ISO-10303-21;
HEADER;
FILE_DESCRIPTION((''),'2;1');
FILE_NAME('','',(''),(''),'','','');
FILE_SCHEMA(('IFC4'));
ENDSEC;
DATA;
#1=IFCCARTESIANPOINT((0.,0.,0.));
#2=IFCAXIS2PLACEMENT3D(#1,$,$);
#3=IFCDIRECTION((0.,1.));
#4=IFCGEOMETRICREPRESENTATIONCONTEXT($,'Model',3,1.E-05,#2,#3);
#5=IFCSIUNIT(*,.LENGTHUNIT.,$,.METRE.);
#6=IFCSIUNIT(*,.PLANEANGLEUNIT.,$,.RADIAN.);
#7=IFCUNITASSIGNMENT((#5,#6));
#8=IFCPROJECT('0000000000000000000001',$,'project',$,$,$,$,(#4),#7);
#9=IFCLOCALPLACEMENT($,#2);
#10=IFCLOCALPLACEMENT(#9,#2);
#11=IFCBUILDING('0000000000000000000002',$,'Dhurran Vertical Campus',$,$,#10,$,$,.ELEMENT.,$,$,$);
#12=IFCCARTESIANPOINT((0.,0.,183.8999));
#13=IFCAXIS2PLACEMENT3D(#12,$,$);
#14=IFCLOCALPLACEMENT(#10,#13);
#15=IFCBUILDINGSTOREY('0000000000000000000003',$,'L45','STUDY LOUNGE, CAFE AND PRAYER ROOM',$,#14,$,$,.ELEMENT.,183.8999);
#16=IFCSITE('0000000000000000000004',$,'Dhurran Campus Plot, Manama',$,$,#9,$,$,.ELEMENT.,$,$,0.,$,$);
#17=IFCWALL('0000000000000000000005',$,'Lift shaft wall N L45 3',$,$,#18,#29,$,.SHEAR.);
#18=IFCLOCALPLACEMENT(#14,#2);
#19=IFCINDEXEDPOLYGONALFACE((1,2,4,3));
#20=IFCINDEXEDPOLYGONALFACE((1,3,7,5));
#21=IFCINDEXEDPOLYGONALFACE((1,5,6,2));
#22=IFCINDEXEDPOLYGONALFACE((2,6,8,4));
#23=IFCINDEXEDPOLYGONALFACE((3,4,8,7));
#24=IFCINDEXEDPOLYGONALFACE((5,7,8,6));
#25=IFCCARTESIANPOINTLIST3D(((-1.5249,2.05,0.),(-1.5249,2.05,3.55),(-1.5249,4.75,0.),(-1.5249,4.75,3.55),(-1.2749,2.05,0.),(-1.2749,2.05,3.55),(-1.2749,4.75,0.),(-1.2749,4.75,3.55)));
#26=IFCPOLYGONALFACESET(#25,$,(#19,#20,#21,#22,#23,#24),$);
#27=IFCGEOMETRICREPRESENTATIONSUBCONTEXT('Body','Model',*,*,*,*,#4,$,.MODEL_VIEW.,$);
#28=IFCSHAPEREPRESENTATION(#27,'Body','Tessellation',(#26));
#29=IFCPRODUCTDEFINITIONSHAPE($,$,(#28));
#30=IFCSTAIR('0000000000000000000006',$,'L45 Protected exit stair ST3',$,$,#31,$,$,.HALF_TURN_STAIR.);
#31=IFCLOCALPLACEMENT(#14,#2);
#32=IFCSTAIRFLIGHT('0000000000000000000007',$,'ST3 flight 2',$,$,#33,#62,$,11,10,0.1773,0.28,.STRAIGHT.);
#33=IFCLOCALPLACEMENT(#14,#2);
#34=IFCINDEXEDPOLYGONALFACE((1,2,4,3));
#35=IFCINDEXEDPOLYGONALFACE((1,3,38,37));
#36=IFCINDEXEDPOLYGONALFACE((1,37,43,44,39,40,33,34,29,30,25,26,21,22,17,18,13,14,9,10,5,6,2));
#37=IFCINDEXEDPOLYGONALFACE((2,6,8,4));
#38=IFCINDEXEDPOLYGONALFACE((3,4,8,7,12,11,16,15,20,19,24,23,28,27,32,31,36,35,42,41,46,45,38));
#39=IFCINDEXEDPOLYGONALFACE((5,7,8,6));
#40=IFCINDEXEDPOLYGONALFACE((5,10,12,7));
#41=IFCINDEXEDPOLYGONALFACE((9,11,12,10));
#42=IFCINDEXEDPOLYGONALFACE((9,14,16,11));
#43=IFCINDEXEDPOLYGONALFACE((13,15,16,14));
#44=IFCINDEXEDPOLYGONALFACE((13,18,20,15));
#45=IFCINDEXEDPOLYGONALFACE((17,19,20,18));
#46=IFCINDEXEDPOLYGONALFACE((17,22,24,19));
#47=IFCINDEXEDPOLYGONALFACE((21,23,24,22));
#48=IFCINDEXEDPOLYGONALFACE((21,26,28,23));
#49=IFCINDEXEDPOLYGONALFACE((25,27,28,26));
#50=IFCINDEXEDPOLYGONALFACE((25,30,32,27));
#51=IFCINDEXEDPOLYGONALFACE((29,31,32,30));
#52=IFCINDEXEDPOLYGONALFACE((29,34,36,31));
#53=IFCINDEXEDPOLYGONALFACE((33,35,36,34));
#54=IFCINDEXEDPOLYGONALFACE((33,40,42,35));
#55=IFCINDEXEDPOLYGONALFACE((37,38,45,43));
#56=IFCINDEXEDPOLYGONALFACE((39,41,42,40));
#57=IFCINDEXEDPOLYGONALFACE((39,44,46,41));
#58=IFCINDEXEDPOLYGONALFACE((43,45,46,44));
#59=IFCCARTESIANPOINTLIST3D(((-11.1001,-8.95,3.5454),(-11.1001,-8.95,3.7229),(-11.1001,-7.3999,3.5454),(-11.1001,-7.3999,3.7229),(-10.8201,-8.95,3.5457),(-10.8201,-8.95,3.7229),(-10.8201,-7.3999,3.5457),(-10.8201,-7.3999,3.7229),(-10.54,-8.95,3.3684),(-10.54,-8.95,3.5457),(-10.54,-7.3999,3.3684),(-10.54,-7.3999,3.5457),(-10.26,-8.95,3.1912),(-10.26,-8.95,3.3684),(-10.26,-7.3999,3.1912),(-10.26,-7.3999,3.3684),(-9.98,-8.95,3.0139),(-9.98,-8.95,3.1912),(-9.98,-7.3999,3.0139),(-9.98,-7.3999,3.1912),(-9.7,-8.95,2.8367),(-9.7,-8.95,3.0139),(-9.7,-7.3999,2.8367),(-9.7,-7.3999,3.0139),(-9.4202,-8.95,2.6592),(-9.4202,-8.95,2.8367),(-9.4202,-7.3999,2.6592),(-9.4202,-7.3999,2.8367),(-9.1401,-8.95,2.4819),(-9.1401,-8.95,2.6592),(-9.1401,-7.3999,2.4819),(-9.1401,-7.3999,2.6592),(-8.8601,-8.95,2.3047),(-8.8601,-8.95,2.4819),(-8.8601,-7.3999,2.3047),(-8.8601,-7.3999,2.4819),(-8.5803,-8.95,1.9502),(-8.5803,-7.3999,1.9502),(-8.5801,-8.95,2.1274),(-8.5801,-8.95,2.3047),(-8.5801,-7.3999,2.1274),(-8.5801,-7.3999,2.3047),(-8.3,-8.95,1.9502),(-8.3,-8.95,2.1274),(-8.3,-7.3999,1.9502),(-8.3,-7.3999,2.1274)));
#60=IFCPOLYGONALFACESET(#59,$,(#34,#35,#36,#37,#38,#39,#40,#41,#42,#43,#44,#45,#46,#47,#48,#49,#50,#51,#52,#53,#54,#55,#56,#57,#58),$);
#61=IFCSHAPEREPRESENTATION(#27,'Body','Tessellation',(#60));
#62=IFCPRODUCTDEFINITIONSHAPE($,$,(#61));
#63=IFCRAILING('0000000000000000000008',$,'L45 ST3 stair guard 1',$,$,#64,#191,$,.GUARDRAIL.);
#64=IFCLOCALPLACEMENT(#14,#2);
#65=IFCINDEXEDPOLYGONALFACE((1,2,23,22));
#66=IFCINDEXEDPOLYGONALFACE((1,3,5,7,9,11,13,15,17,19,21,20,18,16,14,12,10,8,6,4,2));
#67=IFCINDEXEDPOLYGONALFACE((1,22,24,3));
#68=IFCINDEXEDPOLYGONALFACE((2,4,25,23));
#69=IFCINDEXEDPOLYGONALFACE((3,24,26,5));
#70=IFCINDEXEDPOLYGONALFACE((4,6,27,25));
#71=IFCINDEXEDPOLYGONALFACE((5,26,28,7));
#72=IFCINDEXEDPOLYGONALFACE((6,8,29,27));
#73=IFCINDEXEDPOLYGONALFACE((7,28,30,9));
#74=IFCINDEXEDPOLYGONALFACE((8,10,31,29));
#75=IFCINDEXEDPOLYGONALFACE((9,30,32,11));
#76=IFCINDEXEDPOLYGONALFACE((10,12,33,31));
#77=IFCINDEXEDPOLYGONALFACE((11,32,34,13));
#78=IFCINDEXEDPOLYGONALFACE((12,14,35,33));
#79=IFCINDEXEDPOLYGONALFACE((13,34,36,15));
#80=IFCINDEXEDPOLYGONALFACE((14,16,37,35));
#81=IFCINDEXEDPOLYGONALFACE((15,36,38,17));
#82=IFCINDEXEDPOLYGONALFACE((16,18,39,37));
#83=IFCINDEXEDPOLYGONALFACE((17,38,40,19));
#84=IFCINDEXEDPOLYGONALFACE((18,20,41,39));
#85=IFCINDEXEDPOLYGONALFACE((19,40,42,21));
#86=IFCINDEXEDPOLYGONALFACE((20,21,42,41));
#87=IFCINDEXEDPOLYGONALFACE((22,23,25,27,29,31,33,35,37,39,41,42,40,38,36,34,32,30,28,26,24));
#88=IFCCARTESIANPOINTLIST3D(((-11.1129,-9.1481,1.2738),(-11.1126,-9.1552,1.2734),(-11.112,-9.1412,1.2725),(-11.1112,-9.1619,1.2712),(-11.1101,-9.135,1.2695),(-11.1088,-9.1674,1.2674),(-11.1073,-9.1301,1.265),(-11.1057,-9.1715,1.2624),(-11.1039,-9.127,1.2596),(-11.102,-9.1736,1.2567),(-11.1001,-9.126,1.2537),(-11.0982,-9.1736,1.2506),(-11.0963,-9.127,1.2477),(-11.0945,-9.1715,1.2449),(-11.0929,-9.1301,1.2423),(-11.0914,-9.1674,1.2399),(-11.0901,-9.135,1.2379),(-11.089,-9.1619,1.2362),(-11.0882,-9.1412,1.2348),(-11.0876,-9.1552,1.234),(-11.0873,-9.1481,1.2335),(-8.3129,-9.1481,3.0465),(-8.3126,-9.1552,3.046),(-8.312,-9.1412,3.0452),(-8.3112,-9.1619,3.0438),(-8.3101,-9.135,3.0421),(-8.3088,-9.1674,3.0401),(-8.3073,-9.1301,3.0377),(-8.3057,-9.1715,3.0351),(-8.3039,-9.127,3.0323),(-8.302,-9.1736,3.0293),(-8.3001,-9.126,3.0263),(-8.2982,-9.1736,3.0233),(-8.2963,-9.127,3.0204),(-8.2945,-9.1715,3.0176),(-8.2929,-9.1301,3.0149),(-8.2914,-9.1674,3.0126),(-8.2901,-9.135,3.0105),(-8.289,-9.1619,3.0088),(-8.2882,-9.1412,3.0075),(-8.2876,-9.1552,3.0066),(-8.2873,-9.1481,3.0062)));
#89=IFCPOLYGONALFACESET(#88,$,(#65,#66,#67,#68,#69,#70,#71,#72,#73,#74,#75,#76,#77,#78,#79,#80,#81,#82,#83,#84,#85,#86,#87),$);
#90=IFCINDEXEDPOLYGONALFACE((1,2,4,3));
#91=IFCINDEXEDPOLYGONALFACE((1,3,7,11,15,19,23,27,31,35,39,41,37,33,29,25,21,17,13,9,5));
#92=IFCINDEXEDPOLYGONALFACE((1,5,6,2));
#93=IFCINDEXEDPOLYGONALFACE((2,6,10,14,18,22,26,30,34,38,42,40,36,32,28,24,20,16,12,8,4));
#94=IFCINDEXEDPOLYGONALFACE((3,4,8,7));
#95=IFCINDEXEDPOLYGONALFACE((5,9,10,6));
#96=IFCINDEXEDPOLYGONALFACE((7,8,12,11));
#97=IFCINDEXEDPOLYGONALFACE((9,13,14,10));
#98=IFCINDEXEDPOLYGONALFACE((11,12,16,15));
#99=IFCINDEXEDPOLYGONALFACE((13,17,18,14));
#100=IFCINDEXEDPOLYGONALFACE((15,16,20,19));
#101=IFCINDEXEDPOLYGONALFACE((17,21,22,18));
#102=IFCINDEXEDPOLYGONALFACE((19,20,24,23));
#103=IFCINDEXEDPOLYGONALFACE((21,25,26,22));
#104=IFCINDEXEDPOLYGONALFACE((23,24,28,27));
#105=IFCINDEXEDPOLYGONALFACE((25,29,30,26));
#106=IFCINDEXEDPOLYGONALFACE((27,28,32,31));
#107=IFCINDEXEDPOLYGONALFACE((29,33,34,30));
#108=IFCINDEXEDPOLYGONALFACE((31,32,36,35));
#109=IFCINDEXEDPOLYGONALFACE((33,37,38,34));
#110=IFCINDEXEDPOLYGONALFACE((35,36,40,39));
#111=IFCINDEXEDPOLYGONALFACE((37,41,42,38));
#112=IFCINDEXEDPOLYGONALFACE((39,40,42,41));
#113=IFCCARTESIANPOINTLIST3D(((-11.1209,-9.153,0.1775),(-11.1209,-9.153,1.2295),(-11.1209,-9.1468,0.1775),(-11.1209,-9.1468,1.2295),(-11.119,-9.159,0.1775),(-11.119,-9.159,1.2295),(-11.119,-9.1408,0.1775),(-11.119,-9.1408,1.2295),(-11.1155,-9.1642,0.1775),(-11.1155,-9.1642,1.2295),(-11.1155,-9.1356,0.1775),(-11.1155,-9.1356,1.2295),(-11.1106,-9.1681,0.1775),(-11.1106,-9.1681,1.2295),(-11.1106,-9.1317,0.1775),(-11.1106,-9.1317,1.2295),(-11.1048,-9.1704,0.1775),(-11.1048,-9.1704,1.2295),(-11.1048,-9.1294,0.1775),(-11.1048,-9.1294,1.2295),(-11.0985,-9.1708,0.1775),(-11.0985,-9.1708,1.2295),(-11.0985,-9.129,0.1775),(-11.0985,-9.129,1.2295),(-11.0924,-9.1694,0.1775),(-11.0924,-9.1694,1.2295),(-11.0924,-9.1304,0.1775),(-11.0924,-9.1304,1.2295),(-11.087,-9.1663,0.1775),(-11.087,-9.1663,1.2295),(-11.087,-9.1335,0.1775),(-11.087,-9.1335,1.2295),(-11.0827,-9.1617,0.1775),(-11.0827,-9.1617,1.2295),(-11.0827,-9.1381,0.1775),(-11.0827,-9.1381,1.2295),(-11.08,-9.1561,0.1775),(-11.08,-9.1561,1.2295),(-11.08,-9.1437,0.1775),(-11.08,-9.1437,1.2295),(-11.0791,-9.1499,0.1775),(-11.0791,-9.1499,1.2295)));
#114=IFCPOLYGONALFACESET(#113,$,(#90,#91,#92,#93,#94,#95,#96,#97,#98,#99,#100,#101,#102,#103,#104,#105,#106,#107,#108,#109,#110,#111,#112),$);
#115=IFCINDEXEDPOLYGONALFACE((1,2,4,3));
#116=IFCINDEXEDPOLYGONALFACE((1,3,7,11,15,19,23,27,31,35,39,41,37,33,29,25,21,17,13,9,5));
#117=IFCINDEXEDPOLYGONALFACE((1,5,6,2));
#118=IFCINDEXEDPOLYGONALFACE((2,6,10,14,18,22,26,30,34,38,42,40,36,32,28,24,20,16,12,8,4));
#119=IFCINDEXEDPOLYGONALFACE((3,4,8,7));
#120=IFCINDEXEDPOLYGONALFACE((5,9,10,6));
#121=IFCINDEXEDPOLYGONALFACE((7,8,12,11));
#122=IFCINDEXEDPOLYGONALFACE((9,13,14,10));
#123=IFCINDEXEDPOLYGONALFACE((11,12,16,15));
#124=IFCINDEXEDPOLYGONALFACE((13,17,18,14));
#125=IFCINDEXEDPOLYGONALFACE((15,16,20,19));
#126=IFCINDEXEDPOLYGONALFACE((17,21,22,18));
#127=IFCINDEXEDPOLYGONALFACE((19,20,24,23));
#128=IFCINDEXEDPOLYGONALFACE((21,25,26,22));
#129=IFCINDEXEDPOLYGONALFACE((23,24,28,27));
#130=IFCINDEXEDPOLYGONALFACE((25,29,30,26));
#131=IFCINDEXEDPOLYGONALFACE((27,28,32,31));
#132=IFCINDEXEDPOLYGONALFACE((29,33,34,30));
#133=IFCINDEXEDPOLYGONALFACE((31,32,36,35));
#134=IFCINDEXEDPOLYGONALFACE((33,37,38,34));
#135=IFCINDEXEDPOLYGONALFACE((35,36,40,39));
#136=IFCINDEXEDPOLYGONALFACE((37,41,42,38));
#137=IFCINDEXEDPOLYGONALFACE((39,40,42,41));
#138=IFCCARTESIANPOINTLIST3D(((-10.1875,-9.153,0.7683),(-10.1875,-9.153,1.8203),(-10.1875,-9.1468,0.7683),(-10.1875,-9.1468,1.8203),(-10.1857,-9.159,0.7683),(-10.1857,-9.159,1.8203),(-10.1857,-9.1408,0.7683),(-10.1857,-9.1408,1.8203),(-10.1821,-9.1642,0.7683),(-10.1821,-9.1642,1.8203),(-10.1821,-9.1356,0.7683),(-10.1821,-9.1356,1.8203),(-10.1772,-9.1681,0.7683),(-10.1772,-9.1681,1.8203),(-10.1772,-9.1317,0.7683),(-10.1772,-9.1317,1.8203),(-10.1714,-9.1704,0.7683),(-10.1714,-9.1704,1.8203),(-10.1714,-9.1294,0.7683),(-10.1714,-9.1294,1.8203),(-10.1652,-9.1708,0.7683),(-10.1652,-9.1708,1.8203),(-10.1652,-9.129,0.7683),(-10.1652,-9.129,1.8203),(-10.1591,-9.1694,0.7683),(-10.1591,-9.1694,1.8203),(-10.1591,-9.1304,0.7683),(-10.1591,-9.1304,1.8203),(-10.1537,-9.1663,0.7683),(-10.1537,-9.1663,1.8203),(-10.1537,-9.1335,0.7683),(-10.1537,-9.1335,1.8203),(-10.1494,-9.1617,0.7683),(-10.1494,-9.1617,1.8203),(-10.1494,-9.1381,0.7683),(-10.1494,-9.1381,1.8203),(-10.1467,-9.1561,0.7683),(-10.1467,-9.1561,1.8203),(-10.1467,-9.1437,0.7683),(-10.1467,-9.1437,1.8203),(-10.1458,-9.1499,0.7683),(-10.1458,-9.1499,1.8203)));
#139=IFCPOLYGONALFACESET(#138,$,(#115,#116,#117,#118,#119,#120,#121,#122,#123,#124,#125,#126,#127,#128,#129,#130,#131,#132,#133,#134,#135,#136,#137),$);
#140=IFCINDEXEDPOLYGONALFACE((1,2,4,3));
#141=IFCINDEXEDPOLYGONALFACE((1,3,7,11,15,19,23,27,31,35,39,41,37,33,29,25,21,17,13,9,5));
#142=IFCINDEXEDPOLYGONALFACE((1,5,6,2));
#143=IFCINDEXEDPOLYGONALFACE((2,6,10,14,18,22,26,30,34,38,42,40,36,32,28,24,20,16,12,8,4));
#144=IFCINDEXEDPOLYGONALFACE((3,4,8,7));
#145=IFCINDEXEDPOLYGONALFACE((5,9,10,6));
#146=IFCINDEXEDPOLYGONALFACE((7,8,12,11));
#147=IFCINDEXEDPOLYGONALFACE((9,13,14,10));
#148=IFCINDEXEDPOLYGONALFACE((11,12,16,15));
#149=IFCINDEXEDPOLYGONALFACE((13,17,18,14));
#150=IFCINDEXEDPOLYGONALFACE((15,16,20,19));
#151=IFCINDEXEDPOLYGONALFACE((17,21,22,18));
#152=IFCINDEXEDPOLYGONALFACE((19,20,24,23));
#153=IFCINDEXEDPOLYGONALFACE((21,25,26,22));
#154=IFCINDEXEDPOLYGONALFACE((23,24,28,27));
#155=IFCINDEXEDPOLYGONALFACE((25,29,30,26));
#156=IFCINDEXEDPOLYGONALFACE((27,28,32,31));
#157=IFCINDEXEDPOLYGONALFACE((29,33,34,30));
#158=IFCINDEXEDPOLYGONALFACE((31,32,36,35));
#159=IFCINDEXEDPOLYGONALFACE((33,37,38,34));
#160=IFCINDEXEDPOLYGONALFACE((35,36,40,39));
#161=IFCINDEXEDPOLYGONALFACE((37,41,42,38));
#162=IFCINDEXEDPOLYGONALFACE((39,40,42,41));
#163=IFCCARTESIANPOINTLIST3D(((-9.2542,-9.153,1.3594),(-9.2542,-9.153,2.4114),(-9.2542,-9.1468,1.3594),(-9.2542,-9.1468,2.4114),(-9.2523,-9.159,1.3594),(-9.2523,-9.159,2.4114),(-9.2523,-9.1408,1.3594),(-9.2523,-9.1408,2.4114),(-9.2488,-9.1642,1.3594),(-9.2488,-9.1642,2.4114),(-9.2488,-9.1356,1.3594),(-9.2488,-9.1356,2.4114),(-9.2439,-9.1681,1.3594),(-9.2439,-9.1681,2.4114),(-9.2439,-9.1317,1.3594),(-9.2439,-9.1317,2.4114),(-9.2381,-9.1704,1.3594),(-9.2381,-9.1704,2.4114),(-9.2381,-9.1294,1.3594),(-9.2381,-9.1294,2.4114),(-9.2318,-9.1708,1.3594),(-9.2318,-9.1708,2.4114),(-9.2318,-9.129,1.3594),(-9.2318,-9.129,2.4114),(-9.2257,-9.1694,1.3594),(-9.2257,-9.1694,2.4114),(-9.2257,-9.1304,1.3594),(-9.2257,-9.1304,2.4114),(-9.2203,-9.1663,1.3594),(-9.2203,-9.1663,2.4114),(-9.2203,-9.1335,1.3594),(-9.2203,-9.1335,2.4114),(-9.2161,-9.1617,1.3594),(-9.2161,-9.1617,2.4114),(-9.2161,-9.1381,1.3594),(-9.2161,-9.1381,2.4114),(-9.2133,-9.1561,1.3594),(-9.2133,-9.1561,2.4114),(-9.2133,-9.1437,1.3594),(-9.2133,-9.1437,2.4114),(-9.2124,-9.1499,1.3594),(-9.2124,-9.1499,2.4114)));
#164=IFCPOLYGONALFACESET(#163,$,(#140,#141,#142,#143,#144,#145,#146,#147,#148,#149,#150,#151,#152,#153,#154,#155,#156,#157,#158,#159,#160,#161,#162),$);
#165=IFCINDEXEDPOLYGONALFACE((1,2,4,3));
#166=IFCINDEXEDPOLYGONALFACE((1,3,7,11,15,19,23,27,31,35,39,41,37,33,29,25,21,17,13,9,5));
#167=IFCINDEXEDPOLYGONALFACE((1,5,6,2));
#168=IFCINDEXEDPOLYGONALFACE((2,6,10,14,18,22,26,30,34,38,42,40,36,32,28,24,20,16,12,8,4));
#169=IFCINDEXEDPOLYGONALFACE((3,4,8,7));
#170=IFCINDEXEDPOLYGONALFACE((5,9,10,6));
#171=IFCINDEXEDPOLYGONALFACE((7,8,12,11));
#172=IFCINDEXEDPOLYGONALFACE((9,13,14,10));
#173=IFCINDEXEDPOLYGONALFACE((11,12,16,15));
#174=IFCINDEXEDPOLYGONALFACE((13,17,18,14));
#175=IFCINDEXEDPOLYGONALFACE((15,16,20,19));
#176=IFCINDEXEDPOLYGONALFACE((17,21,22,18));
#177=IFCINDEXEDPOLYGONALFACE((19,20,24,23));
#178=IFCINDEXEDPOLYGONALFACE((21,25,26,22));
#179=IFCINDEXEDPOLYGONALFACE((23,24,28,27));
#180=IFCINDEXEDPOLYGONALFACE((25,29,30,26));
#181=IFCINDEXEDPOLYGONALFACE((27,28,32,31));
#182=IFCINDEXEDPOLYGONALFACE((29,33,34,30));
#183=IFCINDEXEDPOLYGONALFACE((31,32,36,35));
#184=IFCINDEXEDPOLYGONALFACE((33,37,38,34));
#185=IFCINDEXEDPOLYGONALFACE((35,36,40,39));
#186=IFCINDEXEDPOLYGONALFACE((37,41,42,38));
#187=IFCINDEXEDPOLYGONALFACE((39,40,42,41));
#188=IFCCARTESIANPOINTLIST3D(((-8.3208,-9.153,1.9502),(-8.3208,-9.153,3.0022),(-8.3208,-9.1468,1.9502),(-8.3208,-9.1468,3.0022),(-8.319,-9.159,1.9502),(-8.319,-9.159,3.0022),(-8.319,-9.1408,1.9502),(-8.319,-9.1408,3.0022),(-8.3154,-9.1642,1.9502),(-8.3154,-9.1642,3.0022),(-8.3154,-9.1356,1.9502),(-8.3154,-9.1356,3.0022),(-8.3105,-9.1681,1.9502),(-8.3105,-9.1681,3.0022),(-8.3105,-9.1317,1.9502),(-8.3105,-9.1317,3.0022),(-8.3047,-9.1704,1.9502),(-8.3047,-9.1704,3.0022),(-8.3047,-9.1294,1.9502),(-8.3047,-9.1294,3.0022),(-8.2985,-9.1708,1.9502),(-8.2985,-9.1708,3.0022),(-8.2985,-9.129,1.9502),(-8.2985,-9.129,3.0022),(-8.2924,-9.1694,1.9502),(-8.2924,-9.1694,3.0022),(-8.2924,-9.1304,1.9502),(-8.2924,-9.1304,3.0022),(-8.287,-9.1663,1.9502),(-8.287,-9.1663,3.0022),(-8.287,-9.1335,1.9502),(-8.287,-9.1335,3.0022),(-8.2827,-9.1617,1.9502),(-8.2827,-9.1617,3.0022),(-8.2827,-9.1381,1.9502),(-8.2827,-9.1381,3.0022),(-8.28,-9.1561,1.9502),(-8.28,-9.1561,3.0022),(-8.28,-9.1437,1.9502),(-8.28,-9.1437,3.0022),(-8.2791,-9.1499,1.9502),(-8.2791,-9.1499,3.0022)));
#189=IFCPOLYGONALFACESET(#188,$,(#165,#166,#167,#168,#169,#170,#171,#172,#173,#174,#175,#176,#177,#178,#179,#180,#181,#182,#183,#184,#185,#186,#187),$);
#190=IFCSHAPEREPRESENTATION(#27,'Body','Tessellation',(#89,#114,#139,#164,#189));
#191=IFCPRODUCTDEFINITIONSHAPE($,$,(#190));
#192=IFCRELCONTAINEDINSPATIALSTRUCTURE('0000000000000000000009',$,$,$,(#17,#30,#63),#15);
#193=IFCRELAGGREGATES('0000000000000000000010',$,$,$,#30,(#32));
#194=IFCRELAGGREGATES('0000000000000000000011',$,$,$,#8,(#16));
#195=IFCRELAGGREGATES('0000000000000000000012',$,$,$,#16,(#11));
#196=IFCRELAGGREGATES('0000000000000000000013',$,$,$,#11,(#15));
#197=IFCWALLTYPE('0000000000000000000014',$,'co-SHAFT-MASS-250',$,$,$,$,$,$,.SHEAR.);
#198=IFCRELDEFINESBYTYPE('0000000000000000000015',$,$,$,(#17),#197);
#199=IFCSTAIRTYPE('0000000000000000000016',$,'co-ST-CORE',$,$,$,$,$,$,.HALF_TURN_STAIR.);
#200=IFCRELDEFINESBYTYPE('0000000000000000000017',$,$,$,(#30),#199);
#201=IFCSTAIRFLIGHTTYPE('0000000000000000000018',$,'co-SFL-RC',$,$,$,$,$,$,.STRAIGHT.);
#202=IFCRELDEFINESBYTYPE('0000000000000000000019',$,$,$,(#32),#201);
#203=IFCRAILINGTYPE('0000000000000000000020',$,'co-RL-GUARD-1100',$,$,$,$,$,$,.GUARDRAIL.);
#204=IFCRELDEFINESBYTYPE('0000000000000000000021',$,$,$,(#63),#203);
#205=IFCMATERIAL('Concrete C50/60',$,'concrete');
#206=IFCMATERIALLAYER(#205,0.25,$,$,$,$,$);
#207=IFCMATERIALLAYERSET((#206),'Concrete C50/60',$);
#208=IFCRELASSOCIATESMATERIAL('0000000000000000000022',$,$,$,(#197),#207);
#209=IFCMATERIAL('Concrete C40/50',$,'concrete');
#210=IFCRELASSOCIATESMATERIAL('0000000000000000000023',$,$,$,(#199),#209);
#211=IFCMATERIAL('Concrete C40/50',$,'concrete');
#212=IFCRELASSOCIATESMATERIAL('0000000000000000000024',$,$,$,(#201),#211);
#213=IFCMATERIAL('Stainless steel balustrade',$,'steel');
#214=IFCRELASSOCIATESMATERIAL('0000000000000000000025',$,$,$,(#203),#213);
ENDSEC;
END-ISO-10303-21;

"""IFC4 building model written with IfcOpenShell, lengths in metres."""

from ifc_helpers import new_model, si_unit, direction, frame, origin, origin_2d, place, context, subcontext, project, spatial, polyline, circle, outline, extrude, material, layer, layer_set, type_object, element, aggregate, save


model = new_model("IFC4")

# Units and contexts
model_context = context("Model", 3, precision=1e-05, world=origin(), true_north=direction((0.0, 1.0)))
body_context = subcontext(model_context, "Body", "Model", "MODEL_VIEW")
ifc_project = project(units=[si_unit("LENGTHUNIT", "METRE"), si_unit("PLANEANGLEUNIT", "RADIAN")], contexts=[model_context])

# Site, building, storey
site_placement = place(None, origin())
site = spatial("IfcSite", under=ifc_project, at=site_placement, Name="Dhurran Campus Plot, Manama", CompositionType="ELEMENT", RefElevation=0.0)
building_placement = place(site_placement, origin())
building = spatial("IfcBuilding", under=site, at=building_placement, Name="Dhurran Vertical Campus", CompositionType="ELEMENT")
storey_placement = place(building_placement, frame((0.0, 0.0, 183.8999)))
storey = spatial("IfcBuildingStorey", under=building, at=storey_placement, Name="L45", Description="STUDY LOUNGE, CAFE AND PRAYER ROOM", CompositionType="ELEMENT", Elevation=183.8999)

# Wall
ifc_material_1 = material(Name="Concrete C50/60", Category="concrete")
ifc_layer_1 = layer(ifc_material_1, 0.25)
ifc_layer_set_1 = layer_set([ifc_layer_1], Name="Concrete C50/60")
wall_type_1 = type_object("IfcWallType", Name="co-SHAFT-MASS-250", PredefinedType="SHEAR", material=ifc_layer_set_1)
wall_1_placement = place(storey_placement, origin())
element("IfcWall", 1, at=wall_1_placement, inside=storey, type_object=wall_type_1, Name="Lift shaft wall N L45 3", PredefinedType="SHEAR", context=body_context, shape_type="SweptSolid", body=[
    extrude(outline(polyline([(-1.5249, 2.05), (-1.2749, 2.05), (-1.2749, 4.75), (-1.5249, 4.75), (-1.5249, 2.05)])), origin(), (0.0, 0.0, 1.0), 3.55),
])

# Stair, stair flight
ifc_material_2 = material(Name="Concrete C40/50", Category="concrete")
stair_type = type_object("IfcStairType", Name="co-ST-CORE", PredefinedType="HALF_TURN_STAIR", material=ifc_material_2)
stair_placement = place(storey_placement, origin())
stair = element("IfcStair", 2, at=stair_placement, inside=storey, type_object=stair_type, Name="L45 Protected exit stair ST3", PredefinedType="HALF_TURN_STAIR")
ifc_material_3 = material(Name="Concrete C40/50", Category="concrete")
stair_flight_type = type_object("IfcStairFlightType", Name="co-SFL-RC", PredefinedType="STRAIGHT", material=ifc_material_3)
stair_flight_placement = place(storey_placement, frame((-8.3, -8.175, 1.9502), z_axis=(0.0, 0.0, 1.0), x_axis=(-1.0, 0.0, 0.0)))
stair_flight = element("IfcStairFlight", 3, at=stair_flight_placement, type_object=stair_flight_type, Name="ST3 flight 2", NumberOfRisers=11, NumberOfTreads=10, PredefinedType="STRAIGHT", RiserHeight=0.1773, TreadLength=0.28, context=body_context, shape_type="SweptSolid", body=[
    extrude(outline(polyline([(0.0, 0.0), (0.0, 0.1772), (0.28, 0.1772), (0.28, 0.3545), (0.5601, 0.3545), (0.5601, 0.5317), (0.8401, 0.5317), (0.8401, 0.709), (1.1201, 0.709), (1.1201, 0.8865), (1.3999, 0.8865), (1.3999, 1.0637), (1.6799, 1.0637), (1.6799, 1.241), (1.96, 1.241), (1.96, 1.4182), (2.24, 1.4182), (2.24, 1.5955), (2.52, 1.5955), (2.52, 1.7727), (2.8, 1.7727), (2.8, 1.95), (2.8, 1.5952), (0.2803, 0.0), (0.0, 0.0)])), frame((0.0, 0.7749, 0.0), z_axis=(0.0, -1.0, 0.0), x_axis=(1.0, 0.0, 0.0)), (0.0, 0.0, 1.0), 1.55),
])
aggregate(stair, [stair_flight])

# Railing
ifc_material_4 = material(Name="Stainless steel balustrade", Category="steel")
railing_type_1 = type_object("IfcRailingType", Name="co-RL-GUARD-1100", PredefinedType="GUARDRAIL", material=ifc_material_4)
railing_1_placement = place(storey_placement, frame((-11.1001, -9.1499, 0.1775)))
element("IfcRailing", 4, at=railing_1_placement, inside=storey, type_object=railing_type_1, Name="L45 ST3 stair guard 1", PredefinedType="GUARDRAIL", context=body_context, shape_type="SweptSolid", body=[
    extrude(circle(Radius=0.0239, at=origin_2d()), frame((0.0, 0.0, 1.0762), z_axis=(0.844909, 0.0, 0.53491), x_axis=(0.0, 1.0, 0.0)), (0.0, 0.0, 1.0), 3.314),
    extrude(circle(Radius=0.021, at=origin_2d()), origin(), (0.0, 0.0, 1.0), 1.052),
    extrude(circle(Radius=0.021, at=origin_2d()), frame((0.9333, 0.0, 0.5908)), (0.0, 0.0, 1.0), 1.052),
    extrude(circle(Radius=0.021, at=origin_2d()), frame((1.8667, 0.0, 1.1819)), (0.0, 0.0, 1.0), 1.052),
    extrude(circle(Radius=0.021, at=origin_2d()), frame((2.8, 0.0, 1.7727)), (0.0, 0.0, 1.0), 1.052),
])

save(model, "model.ifc")
